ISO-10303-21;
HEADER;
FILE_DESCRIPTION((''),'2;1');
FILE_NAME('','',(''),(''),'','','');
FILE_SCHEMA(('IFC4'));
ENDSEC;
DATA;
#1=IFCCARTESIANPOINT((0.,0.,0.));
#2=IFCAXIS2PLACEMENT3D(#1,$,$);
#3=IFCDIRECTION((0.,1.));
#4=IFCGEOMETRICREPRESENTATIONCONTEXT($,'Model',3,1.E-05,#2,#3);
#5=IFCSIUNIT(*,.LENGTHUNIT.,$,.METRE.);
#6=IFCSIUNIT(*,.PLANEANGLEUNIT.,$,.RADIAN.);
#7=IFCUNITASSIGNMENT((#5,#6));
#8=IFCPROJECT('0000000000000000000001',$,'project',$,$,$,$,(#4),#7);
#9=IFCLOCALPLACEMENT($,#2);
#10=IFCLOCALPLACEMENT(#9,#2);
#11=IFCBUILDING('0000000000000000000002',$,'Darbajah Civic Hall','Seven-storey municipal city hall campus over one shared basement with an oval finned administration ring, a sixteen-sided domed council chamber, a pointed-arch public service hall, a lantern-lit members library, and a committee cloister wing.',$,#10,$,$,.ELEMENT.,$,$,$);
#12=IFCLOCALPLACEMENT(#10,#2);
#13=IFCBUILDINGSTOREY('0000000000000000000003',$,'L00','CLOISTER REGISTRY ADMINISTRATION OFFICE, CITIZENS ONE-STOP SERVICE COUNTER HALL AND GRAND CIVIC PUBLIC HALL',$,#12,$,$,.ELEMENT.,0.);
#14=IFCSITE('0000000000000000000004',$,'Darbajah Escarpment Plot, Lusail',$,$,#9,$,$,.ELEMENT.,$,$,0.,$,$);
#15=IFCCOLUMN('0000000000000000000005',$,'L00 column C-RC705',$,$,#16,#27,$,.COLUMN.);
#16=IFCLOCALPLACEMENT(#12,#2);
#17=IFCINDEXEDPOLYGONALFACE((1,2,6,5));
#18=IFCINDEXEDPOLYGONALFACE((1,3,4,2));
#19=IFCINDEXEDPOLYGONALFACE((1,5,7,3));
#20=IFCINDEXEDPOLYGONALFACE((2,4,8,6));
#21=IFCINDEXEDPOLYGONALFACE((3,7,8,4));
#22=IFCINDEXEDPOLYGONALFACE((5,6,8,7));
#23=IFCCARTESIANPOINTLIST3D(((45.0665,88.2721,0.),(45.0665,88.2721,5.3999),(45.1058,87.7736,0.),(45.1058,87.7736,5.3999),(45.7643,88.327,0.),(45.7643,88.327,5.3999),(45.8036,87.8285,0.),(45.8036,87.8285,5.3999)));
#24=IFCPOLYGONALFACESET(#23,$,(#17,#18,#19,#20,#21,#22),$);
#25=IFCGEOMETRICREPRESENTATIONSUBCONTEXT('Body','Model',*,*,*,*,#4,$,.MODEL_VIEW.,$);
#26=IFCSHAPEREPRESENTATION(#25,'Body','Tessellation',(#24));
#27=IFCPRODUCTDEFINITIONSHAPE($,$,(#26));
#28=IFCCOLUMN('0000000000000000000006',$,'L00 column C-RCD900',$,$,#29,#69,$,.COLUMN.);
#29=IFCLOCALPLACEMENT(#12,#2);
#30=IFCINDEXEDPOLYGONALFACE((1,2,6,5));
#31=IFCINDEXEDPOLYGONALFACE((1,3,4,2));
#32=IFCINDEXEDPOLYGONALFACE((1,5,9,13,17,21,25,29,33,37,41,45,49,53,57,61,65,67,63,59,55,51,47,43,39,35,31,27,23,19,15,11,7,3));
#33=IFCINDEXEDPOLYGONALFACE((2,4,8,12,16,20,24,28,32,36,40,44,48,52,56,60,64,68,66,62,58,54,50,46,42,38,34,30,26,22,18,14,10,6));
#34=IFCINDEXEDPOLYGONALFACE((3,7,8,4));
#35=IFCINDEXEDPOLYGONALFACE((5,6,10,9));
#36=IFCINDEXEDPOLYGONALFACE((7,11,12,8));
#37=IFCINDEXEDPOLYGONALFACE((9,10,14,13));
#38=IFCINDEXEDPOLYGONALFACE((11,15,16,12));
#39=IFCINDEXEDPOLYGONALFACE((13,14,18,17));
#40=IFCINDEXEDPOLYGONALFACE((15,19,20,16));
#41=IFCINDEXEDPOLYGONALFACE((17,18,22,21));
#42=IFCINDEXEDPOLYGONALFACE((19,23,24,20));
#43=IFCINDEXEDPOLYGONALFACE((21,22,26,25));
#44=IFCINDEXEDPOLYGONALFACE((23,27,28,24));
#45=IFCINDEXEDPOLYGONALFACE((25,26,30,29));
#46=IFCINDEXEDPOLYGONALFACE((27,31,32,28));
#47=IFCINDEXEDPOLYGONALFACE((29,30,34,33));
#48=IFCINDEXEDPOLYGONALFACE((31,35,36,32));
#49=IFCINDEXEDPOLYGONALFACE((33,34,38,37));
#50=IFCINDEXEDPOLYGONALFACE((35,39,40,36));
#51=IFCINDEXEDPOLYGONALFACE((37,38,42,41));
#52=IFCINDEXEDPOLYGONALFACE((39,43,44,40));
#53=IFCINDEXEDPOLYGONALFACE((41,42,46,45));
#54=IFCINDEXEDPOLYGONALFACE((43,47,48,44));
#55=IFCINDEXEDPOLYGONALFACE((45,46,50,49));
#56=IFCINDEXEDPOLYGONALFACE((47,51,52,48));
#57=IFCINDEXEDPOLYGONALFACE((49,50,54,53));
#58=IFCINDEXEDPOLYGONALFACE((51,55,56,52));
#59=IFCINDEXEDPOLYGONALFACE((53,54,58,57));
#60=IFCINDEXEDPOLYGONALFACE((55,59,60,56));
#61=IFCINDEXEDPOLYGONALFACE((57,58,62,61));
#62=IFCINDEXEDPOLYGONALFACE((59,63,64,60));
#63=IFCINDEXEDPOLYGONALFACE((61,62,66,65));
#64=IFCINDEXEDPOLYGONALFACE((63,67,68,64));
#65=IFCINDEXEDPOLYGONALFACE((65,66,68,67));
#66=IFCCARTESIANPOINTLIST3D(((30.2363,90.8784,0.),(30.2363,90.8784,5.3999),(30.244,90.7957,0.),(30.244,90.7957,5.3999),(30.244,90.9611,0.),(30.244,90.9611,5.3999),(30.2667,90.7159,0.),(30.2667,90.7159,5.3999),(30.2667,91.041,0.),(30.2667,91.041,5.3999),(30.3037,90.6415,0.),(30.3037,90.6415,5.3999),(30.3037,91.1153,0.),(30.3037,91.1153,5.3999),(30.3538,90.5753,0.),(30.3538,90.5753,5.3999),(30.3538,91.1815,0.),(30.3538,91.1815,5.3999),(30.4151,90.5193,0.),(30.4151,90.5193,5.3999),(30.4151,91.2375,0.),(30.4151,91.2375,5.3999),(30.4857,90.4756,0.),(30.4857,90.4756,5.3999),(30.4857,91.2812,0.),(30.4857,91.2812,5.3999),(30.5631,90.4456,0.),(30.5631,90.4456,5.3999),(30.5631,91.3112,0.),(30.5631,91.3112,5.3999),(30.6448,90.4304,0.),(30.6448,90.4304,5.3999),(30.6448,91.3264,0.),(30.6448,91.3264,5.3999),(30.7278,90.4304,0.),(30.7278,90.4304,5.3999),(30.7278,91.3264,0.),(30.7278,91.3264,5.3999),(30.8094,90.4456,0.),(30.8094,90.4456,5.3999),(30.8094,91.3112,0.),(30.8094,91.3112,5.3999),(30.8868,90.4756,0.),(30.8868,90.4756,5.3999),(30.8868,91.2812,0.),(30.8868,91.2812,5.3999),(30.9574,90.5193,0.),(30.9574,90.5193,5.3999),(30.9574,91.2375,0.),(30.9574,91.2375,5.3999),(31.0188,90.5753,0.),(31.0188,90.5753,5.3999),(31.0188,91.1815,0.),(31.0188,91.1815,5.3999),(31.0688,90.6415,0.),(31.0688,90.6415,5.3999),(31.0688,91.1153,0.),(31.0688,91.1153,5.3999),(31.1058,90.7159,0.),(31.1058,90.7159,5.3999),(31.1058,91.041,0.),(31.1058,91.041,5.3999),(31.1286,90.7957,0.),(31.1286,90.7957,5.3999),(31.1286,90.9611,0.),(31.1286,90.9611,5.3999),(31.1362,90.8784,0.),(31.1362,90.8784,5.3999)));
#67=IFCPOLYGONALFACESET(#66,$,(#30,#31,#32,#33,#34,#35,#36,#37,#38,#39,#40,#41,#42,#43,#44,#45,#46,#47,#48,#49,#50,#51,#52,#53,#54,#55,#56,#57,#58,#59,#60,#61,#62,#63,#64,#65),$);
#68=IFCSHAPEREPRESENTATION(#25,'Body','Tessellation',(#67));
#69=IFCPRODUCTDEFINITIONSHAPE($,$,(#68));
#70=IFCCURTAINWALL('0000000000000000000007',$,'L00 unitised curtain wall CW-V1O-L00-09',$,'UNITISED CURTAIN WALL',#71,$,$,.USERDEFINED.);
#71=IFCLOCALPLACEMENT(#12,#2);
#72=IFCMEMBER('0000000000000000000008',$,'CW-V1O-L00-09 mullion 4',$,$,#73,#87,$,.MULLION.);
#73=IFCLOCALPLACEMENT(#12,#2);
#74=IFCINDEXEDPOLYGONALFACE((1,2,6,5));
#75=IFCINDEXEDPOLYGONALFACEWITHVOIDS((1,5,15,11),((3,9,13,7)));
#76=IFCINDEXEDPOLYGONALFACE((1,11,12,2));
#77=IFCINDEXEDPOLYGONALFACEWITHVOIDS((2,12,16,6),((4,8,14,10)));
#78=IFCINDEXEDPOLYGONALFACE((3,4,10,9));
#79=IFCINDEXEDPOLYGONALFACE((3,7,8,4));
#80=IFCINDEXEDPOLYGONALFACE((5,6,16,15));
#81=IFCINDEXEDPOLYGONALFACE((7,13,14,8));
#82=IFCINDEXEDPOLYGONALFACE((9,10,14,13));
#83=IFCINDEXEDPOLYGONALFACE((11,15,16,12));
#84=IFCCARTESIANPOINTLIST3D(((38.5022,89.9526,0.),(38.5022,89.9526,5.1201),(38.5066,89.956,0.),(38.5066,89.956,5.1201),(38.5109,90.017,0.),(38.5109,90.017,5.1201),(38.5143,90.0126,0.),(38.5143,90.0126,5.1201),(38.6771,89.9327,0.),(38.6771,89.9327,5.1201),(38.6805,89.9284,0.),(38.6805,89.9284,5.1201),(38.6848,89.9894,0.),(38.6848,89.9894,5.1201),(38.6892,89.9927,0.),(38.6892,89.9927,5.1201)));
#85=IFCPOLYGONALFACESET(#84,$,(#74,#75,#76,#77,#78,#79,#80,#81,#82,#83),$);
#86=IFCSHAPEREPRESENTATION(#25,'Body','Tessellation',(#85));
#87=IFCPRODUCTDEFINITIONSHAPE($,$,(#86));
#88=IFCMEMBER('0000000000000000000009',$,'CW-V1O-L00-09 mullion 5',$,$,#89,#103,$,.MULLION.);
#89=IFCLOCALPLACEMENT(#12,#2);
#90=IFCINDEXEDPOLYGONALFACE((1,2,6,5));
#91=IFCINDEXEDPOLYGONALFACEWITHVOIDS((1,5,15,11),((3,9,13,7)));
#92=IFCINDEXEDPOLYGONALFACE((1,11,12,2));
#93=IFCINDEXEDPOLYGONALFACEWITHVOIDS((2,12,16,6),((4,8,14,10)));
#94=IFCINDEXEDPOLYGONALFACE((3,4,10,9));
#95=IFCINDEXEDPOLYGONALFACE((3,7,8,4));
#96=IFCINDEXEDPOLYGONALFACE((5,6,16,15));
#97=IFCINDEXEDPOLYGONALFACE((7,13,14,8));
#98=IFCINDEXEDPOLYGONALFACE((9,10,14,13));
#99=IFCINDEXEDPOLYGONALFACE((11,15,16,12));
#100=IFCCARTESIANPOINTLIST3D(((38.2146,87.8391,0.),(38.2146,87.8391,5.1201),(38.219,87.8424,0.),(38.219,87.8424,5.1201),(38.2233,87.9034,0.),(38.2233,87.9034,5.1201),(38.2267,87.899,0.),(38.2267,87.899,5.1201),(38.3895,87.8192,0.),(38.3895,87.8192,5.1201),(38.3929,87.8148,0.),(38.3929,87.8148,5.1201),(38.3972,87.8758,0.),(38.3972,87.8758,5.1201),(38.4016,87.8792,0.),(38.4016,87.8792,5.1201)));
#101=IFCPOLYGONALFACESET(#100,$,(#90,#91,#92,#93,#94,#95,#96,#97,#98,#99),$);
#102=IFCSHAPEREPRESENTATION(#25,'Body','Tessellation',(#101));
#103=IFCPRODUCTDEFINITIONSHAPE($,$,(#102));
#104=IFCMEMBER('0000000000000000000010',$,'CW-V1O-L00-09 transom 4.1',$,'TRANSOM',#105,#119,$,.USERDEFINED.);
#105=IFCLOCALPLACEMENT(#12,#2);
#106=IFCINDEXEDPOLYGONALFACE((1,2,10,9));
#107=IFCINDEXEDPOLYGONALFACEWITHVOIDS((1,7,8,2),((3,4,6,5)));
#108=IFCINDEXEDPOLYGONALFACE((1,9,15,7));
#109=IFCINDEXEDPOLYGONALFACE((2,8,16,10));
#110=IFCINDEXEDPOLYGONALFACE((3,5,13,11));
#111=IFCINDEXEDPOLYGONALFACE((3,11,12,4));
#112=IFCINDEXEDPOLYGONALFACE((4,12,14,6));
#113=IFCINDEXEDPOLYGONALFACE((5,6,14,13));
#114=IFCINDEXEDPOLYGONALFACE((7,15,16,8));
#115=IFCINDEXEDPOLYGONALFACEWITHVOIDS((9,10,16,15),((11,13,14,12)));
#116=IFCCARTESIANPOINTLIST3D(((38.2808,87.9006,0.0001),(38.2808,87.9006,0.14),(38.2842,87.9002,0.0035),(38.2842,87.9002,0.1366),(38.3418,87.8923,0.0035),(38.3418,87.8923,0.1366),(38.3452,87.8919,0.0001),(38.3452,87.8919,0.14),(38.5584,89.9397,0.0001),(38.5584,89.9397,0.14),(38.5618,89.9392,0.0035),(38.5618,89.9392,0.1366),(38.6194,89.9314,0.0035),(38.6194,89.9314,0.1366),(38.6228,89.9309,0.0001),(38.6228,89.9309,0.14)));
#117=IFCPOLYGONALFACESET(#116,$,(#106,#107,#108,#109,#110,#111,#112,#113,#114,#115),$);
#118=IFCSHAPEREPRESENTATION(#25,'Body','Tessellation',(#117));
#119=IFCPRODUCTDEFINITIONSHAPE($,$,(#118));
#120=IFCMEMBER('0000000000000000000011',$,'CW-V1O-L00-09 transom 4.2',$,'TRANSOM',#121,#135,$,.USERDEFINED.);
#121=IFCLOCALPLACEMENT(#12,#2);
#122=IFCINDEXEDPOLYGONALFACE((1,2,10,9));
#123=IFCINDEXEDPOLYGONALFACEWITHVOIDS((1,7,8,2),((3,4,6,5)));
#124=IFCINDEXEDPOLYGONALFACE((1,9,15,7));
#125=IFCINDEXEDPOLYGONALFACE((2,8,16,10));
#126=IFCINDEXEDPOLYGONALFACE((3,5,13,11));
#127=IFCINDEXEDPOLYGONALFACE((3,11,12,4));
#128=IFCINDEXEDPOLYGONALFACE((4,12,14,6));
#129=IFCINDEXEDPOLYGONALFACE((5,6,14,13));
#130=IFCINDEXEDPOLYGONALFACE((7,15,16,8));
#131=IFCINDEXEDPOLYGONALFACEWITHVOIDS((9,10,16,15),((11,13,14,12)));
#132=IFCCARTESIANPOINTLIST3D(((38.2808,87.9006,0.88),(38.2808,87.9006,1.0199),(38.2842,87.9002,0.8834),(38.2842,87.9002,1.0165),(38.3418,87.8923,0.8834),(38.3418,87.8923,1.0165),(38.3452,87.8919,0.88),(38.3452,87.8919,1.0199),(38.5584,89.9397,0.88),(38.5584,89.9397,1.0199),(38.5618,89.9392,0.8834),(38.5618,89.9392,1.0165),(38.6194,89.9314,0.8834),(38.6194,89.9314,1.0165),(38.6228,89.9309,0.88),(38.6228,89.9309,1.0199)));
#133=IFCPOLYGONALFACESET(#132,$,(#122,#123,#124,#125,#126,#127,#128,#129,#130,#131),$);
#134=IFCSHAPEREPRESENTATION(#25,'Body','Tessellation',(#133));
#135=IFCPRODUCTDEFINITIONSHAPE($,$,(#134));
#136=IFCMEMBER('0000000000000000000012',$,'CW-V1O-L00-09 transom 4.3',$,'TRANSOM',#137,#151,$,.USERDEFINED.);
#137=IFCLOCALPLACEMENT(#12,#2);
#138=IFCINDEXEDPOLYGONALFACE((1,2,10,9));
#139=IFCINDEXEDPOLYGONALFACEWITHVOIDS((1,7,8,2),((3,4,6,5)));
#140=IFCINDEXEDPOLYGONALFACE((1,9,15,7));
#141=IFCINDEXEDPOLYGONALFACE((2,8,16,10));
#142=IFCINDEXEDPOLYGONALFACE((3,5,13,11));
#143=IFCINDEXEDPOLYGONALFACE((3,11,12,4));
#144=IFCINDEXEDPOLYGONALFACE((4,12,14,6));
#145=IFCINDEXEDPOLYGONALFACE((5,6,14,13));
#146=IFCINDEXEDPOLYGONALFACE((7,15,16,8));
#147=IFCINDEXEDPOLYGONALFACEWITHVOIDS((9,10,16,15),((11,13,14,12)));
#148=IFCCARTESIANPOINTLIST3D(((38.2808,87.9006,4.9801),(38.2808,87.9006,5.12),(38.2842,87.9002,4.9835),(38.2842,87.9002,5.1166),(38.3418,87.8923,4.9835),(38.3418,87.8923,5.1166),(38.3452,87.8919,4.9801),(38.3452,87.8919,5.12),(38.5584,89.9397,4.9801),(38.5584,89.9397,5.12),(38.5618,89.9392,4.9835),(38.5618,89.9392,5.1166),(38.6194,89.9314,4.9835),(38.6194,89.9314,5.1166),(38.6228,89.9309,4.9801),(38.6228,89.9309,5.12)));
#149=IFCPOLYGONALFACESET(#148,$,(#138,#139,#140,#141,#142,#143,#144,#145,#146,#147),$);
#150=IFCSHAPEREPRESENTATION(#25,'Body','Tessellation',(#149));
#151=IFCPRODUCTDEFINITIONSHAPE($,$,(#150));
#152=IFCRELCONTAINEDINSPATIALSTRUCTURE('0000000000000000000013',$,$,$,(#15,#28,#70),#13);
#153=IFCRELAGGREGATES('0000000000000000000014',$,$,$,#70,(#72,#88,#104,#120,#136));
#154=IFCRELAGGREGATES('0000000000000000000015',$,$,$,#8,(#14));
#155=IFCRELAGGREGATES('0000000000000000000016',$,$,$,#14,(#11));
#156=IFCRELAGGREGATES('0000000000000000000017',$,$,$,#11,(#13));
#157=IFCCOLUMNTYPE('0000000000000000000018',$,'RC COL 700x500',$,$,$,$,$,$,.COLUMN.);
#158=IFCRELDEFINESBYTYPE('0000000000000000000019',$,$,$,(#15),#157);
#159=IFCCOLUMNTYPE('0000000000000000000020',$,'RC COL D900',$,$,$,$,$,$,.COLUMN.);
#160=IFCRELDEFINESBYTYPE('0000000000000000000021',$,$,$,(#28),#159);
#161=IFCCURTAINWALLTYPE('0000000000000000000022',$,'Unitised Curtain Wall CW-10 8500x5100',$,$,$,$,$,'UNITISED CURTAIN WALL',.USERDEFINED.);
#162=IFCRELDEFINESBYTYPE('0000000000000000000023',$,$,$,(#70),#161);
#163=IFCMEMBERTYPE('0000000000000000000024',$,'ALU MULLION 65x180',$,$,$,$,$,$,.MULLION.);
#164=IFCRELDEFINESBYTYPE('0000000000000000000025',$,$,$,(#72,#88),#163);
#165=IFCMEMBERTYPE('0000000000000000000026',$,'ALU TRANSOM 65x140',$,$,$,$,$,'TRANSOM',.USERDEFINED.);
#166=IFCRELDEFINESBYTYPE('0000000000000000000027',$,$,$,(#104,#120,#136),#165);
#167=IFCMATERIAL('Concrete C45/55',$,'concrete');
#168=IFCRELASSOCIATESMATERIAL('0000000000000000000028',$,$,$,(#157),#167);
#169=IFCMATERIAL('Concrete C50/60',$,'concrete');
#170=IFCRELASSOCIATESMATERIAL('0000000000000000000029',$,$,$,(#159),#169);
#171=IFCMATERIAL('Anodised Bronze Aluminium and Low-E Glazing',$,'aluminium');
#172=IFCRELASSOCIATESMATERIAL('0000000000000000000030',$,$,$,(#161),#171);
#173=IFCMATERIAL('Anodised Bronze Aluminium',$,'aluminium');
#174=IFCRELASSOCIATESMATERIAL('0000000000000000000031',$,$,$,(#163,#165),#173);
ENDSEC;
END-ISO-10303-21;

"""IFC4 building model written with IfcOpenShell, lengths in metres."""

from ifc_helpers import new_model, si_unit, direction, frame, origin, origin_2d, place, context, subcontext, project, spatial, rectangle, hollow_rectangle, circle, extrude, material, material_profile, profile_set, type_object, element, aggregate, save


model = new_model("IFC4")

# Units and contexts
model_context = context("Model", 3, precision=1e-05, world=origin(), true_north=direction((0.0, 1.0)))
body_context = subcontext(model_context, "Body", "Model", "MODEL_VIEW")
ifc_project = project(units=[si_unit("LENGTHUNIT", "METRE"), si_unit("PLANEANGLEUNIT", "RADIAN")], contexts=[model_context])

# Site, building, storey
site_placement = place(None, origin())
site = spatial("IfcSite", under=ifc_project, at=site_placement, Name="Darbajah Escarpment Plot, Lusail", CompositionType="ELEMENT", RefElevation=0.0)
building_placement = place(site_placement, origin())
building = spatial("IfcBuilding", under=site, at=building_placement, Name="Darbajah Civic Hall", Description="Seven-storey municipal city hall campus over one shared basement with an oval finned administration ring, a sixteen-sided domed council chamber, a pointed-arch public service hall, a lantern-lit members library, and a committee cloister wing.", CompositionType="ELEMENT")
storey_placement = place(building_placement, origin())
storey = spatial("IfcBuildingStorey", under=building, at=storey_placement, Name="L00", Description="CLOISTER REGISTRY ADMINISTRATION OFFICE, CITIZENS ONE-STOP SERVICE COUNTER HALL AND GRAND CIVIC PUBLIC HALL", CompositionType="ELEMENT", Elevation=0.0)

# Columns
ifc_material_1 = material(Name="Concrete C45/55", Category="concrete")
ifc_material_profile_1 = material_profile(ifc_material_1, rectangle(XDim=0.7, YDim=0.5, at=origin_2d()), Name="RC COL 700x500")
ifc_profile_set_1 = profile_set([ifc_material_profile_1], Name="Concrete C45/55")
column_type_1 = type_object("IfcColumnType", Name="RC COL 700x500", PredefinedType="COLUMN", material=ifc_profile_set_1)
column_1_placement = place(storey_placement, frame((45.4351, 88.0503, 0.0), z_axis=(0.0, 0.0, 1.0), x_axis=(-0.996917, -0.078459, 0.0)))
element("IfcColumn", 1, at=column_1_placement, inside=storey, type_object=column_type_1, Name="L00 column C-RC705", PredefinedType="COLUMN", context=body_context, shape_type="SweptSolid", body=[
    extrude(rectangle(XDim=0.7, YDim=0.5, at=origin_2d()), origin(), (0.0, 0.0, 1.0), 5.3999),
])
ifc_material_2 = material(Name="Concrete C50/60", Category="concrete")
ifc_material_profile_2 = material_profile(ifc_material_2, circle(Radius=0.45, at=origin_2d()), Name="RC COL D900")
ifc_profile_set_2 = profile_set([ifc_material_profile_2], Name="Concrete C50/60")
column_type_2 = type_object("IfcColumnType", Name="RC COL D900", PredefinedType="COLUMN", material=ifc_profile_set_2)
column_2_placement = place(storey_placement, frame((30.6863, 90.8784, 0.0), z_axis=(0.0, 0.0, 1.0), x_axis=(1.0, 0.0, 0.0)))
element("IfcColumn", 2, at=column_2_placement, inside=storey, type_object=column_type_2, Name="L00 column C-RCD900", PredefinedType="COLUMN", context=body_context, shape_type="SweptSolid", body=[
    extrude(circle(Radius=0.45, at=origin_2d()), origin(), (0.0, 0.0, 1.0), 5.3999),
])

# Curtain wall, members
ifc_material_3 = material(Name="Anodised Bronze Aluminium and Low-E Glazing", Category="aluminium")
curtain_wall_type = type_object("IfcCurtainWallType", Name="Unitised Curtain Wall CW-10 8500x5100", ElementType="UNITISED CURTAIN WALL", PredefinedType="USERDEFINED", material=ifc_material_3)
curtain_wall_placement = place(storey_placement, origin())
curtain_wall = element("IfcCurtainWall", 3, at=curtain_wall_placement, inside=storey, type_object=curtain_wall_type, Name="L00 unitised curtain wall CW-V1O-L00-09", ObjectType="UNITISED CURTAIN WALL", PredefinedType="USERDEFINED")
ifc_material_4 = material(Name="Anodised Bronze Aluminium", Category="aluminium")
ifc_material_profile_3 = material_profile(ifc_material_4, hollow_rectangle(XDim=0.0649, YDim=0.1799, WallThickness=0.0039, at=origin_2d()), Name="ALU MULLION 65x180")
ifc_profile_set_3 = profile_set([ifc_material_profile_3], Name="Anodised Bronze Aluminium")
member_type_1 = type_object("IfcMemberType", Name="ALU MULLION 65x180", PredefinedType="MULLION", material=ifc_profile_set_3)
member_1_placement = place(storey_placement, frame((38.5957, 89.9727, 0.0), z_axis=(0.0, 0.0, 1.0), x_axis=(-0.134851, -0.990866, 0.0)))
member_1 = element("IfcMember", 4, at=member_1_placement, type_object=member_type_1, Name="CW-V1O-L00-09 mullion 4", PredefinedType="MULLION", context=body_context, shape_type="SweptSolid", body=[
    extrude(hollow_rectangle(XDim=0.0649, YDim=0.1799, WallThickness=0.0039, at=origin_2d()), origin(), (0.0, 0.0, 1.0), 5.1201),
])
member_2_placement = place(storey_placement, frame((38.3081, 87.8591, 0.0), z_axis=(0.0, 0.0, 1.0), x_axis=(-0.134851, -0.990866, 0.0)))
member_2 = element("IfcMember", 5, at=member_2_placement, type_object=member_type_1, Name="CW-V1O-L00-09 mullion 5", PredefinedType="MULLION", context=body_context, shape_type="SweptSolid", body=[
    extrude(hollow_rectangle(XDim=0.0649, YDim=0.1799, WallThickness=0.0039, at=origin_2d()), origin(), (0.0, 0.0, 1.0), 5.1201),
])
ifc_material_profile_4 = material_profile(ifc_material_4, hollow_rectangle(XDim=0.0649, YDim=0.1399, WallThickness=0.0034, at=origin_2d()), Name="ALU TRANSOM 65x140")
ifc_profile_set_4 = profile_set([ifc_material_profile_4], Name="Anodised Bronze Aluminium")
member_type_2 = type_object("IfcMemberType", Name="ALU TRANSOM 65x140", ElementType="TRANSOM", PredefinedType="USERDEFINED", material=ifc_profile_set_4)
member_3_placement = place(storey_placement, frame((38.5906, 89.9353, 0.0701), z_axis=(-0.134891, -0.99086, 0.0), x_axis=(0.99086, -0.134891, 0.0)))
member_3 = element("IfcMember", 6, at=member_3_placement, type_object=member_type_2, Name="CW-V1O-L00-09 transom 4.1", ObjectType="TRANSOM", PredefinedType="USERDEFINED", context=body_context, shape_type="SweptSolid", body=[
    extrude(hollow_rectangle(XDim=0.0649, YDim=0.1399, WallThickness=0.0034, at=origin_2d()), origin(), (0.0, 0.0, 1.0), 2.0579),
])
member_4_placement = place(storey_placement, frame((38.5906, 89.9353, 0.95), z_axis=(-0.134891, -0.99086, 0.0), x_axis=(0.99086, -0.134891, 0.0)))
member_4 = element("IfcMember", 7, at=member_4_placement, type_object=member_type_2, Name="CW-V1O-L00-09 transom 4.2", ObjectType="TRANSOM", PredefinedType="USERDEFINED", context=body_context, shape_type="SweptSolid", body=[
    extrude(hollow_rectangle(XDim=0.0649, YDim=0.1399, WallThickness=0.0034, at=origin_2d()), origin(), (0.0, 0.0, 1.0), 2.0579),
])
member_5_placement = place(storey_placement, frame((38.5906, 89.9353, 5.05), z_axis=(-0.134891, -0.99086, 0.0), x_axis=(0.99086, -0.134891, 0.0)))
member_5 = element("IfcMember", 8, at=member_5_placement, type_object=member_type_2, Name="CW-V1O-L00-09 transom 4.3", ObjectType="TRANSOM", PredefinedType="USERDEFINED", context=body_context, shape_type="SweptSolid", body=[
    extrude(hollow_rectangle(XDim=0.0649, YDim=0.1399, WallThickness=0.0034, at=origin_2d()), origin(), (0.0, 0.0, 1.0), 2.0579),
])

aggregate(curtain_wall, [member_1, member_2, member_3, member_4, member_5])

save(model, "model.ifc")
